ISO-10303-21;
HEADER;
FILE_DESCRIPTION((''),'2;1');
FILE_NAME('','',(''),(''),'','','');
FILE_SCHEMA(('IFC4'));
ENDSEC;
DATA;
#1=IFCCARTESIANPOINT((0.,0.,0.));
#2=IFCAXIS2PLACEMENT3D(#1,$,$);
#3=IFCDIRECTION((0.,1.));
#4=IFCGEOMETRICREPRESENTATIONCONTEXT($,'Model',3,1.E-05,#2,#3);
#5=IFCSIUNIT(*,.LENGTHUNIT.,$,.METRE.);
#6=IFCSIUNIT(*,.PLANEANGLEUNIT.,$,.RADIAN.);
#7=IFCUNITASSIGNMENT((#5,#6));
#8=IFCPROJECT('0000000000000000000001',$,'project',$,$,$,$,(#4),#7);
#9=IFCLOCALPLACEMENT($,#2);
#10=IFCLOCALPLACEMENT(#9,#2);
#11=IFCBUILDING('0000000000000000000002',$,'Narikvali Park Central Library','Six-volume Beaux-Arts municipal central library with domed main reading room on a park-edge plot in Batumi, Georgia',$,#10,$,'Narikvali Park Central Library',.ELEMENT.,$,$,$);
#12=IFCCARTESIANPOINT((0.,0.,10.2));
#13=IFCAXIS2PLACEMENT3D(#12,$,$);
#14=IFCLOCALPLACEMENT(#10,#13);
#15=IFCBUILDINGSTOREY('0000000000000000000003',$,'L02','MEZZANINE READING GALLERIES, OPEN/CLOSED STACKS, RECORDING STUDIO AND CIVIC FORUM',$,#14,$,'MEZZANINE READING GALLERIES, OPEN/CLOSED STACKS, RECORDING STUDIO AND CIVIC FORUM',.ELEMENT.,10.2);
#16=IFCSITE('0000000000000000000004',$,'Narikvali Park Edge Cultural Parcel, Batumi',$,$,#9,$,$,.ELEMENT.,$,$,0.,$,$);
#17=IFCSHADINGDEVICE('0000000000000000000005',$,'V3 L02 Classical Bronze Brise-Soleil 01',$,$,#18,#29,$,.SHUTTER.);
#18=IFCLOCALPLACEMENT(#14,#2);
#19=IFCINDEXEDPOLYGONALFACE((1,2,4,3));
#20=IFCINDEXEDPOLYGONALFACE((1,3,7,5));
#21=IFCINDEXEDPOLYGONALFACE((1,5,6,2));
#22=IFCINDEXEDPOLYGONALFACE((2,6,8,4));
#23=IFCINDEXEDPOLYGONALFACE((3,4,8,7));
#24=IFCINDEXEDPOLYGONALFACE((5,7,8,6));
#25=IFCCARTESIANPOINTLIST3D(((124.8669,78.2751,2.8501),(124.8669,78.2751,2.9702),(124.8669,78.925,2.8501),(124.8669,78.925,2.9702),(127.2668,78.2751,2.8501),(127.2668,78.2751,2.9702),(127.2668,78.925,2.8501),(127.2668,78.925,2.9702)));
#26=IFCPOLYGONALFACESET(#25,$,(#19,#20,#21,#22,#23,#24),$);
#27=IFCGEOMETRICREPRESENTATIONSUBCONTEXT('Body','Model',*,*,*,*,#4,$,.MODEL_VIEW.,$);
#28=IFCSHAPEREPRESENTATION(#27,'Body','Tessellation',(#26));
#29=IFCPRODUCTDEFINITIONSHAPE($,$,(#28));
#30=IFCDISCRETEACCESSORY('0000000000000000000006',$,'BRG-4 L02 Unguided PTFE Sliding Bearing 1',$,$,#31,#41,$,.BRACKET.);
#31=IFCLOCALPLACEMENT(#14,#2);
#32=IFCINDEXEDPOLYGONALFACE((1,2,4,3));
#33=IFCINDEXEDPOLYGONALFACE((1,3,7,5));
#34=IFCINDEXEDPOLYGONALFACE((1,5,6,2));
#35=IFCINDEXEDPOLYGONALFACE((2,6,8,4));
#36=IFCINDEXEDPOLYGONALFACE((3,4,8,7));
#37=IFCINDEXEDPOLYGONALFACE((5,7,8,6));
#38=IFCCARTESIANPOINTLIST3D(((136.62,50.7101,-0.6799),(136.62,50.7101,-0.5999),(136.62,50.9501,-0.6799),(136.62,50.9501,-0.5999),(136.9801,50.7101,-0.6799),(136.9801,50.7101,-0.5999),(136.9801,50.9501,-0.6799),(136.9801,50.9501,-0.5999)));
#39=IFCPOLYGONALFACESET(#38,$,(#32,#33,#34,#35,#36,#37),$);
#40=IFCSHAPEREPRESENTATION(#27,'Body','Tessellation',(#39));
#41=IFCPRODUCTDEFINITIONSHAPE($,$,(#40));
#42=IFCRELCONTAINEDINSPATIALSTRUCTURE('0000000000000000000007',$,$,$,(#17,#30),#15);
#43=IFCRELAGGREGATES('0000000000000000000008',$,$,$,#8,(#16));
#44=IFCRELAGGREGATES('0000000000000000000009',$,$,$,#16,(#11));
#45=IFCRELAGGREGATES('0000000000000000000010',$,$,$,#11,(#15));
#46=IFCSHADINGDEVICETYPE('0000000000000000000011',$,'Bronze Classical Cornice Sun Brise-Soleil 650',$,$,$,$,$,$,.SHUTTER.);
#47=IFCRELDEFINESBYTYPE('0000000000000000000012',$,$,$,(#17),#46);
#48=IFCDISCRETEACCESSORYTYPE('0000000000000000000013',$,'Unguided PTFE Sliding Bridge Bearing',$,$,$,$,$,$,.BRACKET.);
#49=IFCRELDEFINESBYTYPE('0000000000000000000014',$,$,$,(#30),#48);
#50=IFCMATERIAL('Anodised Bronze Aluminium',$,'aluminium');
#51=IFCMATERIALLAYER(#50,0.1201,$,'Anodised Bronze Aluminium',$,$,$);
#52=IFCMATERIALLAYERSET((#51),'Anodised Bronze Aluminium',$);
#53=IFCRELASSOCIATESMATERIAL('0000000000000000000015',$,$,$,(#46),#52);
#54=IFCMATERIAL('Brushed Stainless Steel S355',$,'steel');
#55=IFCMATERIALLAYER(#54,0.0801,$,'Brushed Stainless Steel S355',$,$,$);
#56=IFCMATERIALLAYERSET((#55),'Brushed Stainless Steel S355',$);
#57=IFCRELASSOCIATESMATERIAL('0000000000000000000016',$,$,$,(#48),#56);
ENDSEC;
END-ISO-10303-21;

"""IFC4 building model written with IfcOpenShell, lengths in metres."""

from ifc_helpers import new_model, si_unit, direction, frame, origin, origin_2d, place, context, subcontext, project, spatial, rectangle, extrude, material, layer, layer_set, type_object, element, save


model = new_model("IFC4")

# Units and contexts
model_context = context("Model", 3, precision=1e-05, world=origin(), true_north=direction((0.0, 1.0)))
body_context = subcontext(model_context, "Body", "Model", "MODEL_VIEW")
ifc_project = project(units=[si_unit("LENGTHUNIT", "METRE"), si_unit("PLANEANGLEUNIT", "RADIAN")], contexts=[model_context])

# Site, building, storey
site_placement = place(None, origin())
site = spatial("IfcSite", under=ifc_project, at=site_placement, Name="Narikvali Park Edge Cultural Parcel, Batumi", CompositionType="ELEMENT", RefElevation=0.0)
building_placement = place(site_placement, origin())
building = spatial("IfcBuilding", under=site, at=building_placement, Name="Narikvali Park Central Library", Description="Six-volume Beaux-Arts municipal central library with domed main reading room on a park-edge plot in Batumi, Georgia", LongName="Narikvali Park Central Library", CompositionType="ELEMENT")
storey_placement = place(building_placement, frame((0.0, 0.0, 10.2)))
storey = spatial("IfcBuildingStorey", under=building, at=storey_placement, Name="L02", Description="MEZZANINE READING GALLERIES, OPEN/CLOSED STACKS, RECORDING STUDIO AND CIVIC FORUM", LongName="MEZZANINE READING GALLERIES, OPEN/CLOSED STACKS, RECORDING STUDIO AND CIVIC FORUM", CompositionType="ELEMENT", Elevation=10.2)

# Shading device
ifc_material_1 = material(Name="Anodised Bronze Aluminium", Category="aluminium")
ifc_layer_1 = layer(ifc_material_1, 0.1201, Name="Anodised Bronze Aluminium")
ifc_layer_set_1 = layer_set([ifc_layer_1], Name="Anodised Bronze Aluminium")
shading_device_type = type_object("IfcShadingDeviceType", Name="Bronze Classical Cornice Sun Brise-Soleil 650", PredefinedType="SHUTTER", material=ifc_layer_set_1)
shading_device_placement = place(storey_placement, frame((126.0669, 78.6001, 2.8501), z_axis=(0.0, 0.0, 1.0), x_axis=(1.0, 0.0, 0.0)))
element("IfcShadingDevice", 1, at=shading_device_placement, inside=storey, type_object=shading_device_type, Name="V3 L02 Classical Bronze Brise-Soleil 01", PredefinedType="SHUTTER", context=body_context, shape_type="SweptSolid", body=[
    extrude(rectangle(XDim=2.3999, YDim=0.6499, at=origin_2d()), origin(), (0.0, 0.0, 1.0), 0.1201),
])

# Discrete accessory
ifc_material_2 = material(Name="Brushed Stainless Steel S355", Category="steel")
ifc_layer_2 = layer(ifc_material_2, 0.0801, Name="Brushed Stainless Steel S355")
ifc_layer_set_2 = layer_set([ifc_layer_2], Name="Brushed Stainless Steel S355")
discrete_accessory_type = type_object("IfcDiscreteAccessoryType", Name="Unguided PTFE Sliding Bridge Bearing", PredefinedType="BRACKET", material=ifc_layer_set_2)
discrete_accessory_placement = place(storey_placement, frame((136.8, 50.8301, -0.6799), z_axis=(0.0, 0.0, 1.0), x_axis=(1.0, 0.0, 0.0)))
element("IfcDiscreteAccessory", 2, at=discrete_accessory_placement, inside=storey, type_object=discrete_accessory_type, Name="BRG-4 L02 Unguided PTFE Sliding Bearing 1", PredefinedType="BRACKET", context=body_context, shape_type="SweptSolid", body=[
    extrude(rectangle(XDim=0.3601, YDim=0.24, at=origin_2d()), origin(), (0.0, 0.0, 1.0), 0.0801),
])

save(model, "model.ifc")
